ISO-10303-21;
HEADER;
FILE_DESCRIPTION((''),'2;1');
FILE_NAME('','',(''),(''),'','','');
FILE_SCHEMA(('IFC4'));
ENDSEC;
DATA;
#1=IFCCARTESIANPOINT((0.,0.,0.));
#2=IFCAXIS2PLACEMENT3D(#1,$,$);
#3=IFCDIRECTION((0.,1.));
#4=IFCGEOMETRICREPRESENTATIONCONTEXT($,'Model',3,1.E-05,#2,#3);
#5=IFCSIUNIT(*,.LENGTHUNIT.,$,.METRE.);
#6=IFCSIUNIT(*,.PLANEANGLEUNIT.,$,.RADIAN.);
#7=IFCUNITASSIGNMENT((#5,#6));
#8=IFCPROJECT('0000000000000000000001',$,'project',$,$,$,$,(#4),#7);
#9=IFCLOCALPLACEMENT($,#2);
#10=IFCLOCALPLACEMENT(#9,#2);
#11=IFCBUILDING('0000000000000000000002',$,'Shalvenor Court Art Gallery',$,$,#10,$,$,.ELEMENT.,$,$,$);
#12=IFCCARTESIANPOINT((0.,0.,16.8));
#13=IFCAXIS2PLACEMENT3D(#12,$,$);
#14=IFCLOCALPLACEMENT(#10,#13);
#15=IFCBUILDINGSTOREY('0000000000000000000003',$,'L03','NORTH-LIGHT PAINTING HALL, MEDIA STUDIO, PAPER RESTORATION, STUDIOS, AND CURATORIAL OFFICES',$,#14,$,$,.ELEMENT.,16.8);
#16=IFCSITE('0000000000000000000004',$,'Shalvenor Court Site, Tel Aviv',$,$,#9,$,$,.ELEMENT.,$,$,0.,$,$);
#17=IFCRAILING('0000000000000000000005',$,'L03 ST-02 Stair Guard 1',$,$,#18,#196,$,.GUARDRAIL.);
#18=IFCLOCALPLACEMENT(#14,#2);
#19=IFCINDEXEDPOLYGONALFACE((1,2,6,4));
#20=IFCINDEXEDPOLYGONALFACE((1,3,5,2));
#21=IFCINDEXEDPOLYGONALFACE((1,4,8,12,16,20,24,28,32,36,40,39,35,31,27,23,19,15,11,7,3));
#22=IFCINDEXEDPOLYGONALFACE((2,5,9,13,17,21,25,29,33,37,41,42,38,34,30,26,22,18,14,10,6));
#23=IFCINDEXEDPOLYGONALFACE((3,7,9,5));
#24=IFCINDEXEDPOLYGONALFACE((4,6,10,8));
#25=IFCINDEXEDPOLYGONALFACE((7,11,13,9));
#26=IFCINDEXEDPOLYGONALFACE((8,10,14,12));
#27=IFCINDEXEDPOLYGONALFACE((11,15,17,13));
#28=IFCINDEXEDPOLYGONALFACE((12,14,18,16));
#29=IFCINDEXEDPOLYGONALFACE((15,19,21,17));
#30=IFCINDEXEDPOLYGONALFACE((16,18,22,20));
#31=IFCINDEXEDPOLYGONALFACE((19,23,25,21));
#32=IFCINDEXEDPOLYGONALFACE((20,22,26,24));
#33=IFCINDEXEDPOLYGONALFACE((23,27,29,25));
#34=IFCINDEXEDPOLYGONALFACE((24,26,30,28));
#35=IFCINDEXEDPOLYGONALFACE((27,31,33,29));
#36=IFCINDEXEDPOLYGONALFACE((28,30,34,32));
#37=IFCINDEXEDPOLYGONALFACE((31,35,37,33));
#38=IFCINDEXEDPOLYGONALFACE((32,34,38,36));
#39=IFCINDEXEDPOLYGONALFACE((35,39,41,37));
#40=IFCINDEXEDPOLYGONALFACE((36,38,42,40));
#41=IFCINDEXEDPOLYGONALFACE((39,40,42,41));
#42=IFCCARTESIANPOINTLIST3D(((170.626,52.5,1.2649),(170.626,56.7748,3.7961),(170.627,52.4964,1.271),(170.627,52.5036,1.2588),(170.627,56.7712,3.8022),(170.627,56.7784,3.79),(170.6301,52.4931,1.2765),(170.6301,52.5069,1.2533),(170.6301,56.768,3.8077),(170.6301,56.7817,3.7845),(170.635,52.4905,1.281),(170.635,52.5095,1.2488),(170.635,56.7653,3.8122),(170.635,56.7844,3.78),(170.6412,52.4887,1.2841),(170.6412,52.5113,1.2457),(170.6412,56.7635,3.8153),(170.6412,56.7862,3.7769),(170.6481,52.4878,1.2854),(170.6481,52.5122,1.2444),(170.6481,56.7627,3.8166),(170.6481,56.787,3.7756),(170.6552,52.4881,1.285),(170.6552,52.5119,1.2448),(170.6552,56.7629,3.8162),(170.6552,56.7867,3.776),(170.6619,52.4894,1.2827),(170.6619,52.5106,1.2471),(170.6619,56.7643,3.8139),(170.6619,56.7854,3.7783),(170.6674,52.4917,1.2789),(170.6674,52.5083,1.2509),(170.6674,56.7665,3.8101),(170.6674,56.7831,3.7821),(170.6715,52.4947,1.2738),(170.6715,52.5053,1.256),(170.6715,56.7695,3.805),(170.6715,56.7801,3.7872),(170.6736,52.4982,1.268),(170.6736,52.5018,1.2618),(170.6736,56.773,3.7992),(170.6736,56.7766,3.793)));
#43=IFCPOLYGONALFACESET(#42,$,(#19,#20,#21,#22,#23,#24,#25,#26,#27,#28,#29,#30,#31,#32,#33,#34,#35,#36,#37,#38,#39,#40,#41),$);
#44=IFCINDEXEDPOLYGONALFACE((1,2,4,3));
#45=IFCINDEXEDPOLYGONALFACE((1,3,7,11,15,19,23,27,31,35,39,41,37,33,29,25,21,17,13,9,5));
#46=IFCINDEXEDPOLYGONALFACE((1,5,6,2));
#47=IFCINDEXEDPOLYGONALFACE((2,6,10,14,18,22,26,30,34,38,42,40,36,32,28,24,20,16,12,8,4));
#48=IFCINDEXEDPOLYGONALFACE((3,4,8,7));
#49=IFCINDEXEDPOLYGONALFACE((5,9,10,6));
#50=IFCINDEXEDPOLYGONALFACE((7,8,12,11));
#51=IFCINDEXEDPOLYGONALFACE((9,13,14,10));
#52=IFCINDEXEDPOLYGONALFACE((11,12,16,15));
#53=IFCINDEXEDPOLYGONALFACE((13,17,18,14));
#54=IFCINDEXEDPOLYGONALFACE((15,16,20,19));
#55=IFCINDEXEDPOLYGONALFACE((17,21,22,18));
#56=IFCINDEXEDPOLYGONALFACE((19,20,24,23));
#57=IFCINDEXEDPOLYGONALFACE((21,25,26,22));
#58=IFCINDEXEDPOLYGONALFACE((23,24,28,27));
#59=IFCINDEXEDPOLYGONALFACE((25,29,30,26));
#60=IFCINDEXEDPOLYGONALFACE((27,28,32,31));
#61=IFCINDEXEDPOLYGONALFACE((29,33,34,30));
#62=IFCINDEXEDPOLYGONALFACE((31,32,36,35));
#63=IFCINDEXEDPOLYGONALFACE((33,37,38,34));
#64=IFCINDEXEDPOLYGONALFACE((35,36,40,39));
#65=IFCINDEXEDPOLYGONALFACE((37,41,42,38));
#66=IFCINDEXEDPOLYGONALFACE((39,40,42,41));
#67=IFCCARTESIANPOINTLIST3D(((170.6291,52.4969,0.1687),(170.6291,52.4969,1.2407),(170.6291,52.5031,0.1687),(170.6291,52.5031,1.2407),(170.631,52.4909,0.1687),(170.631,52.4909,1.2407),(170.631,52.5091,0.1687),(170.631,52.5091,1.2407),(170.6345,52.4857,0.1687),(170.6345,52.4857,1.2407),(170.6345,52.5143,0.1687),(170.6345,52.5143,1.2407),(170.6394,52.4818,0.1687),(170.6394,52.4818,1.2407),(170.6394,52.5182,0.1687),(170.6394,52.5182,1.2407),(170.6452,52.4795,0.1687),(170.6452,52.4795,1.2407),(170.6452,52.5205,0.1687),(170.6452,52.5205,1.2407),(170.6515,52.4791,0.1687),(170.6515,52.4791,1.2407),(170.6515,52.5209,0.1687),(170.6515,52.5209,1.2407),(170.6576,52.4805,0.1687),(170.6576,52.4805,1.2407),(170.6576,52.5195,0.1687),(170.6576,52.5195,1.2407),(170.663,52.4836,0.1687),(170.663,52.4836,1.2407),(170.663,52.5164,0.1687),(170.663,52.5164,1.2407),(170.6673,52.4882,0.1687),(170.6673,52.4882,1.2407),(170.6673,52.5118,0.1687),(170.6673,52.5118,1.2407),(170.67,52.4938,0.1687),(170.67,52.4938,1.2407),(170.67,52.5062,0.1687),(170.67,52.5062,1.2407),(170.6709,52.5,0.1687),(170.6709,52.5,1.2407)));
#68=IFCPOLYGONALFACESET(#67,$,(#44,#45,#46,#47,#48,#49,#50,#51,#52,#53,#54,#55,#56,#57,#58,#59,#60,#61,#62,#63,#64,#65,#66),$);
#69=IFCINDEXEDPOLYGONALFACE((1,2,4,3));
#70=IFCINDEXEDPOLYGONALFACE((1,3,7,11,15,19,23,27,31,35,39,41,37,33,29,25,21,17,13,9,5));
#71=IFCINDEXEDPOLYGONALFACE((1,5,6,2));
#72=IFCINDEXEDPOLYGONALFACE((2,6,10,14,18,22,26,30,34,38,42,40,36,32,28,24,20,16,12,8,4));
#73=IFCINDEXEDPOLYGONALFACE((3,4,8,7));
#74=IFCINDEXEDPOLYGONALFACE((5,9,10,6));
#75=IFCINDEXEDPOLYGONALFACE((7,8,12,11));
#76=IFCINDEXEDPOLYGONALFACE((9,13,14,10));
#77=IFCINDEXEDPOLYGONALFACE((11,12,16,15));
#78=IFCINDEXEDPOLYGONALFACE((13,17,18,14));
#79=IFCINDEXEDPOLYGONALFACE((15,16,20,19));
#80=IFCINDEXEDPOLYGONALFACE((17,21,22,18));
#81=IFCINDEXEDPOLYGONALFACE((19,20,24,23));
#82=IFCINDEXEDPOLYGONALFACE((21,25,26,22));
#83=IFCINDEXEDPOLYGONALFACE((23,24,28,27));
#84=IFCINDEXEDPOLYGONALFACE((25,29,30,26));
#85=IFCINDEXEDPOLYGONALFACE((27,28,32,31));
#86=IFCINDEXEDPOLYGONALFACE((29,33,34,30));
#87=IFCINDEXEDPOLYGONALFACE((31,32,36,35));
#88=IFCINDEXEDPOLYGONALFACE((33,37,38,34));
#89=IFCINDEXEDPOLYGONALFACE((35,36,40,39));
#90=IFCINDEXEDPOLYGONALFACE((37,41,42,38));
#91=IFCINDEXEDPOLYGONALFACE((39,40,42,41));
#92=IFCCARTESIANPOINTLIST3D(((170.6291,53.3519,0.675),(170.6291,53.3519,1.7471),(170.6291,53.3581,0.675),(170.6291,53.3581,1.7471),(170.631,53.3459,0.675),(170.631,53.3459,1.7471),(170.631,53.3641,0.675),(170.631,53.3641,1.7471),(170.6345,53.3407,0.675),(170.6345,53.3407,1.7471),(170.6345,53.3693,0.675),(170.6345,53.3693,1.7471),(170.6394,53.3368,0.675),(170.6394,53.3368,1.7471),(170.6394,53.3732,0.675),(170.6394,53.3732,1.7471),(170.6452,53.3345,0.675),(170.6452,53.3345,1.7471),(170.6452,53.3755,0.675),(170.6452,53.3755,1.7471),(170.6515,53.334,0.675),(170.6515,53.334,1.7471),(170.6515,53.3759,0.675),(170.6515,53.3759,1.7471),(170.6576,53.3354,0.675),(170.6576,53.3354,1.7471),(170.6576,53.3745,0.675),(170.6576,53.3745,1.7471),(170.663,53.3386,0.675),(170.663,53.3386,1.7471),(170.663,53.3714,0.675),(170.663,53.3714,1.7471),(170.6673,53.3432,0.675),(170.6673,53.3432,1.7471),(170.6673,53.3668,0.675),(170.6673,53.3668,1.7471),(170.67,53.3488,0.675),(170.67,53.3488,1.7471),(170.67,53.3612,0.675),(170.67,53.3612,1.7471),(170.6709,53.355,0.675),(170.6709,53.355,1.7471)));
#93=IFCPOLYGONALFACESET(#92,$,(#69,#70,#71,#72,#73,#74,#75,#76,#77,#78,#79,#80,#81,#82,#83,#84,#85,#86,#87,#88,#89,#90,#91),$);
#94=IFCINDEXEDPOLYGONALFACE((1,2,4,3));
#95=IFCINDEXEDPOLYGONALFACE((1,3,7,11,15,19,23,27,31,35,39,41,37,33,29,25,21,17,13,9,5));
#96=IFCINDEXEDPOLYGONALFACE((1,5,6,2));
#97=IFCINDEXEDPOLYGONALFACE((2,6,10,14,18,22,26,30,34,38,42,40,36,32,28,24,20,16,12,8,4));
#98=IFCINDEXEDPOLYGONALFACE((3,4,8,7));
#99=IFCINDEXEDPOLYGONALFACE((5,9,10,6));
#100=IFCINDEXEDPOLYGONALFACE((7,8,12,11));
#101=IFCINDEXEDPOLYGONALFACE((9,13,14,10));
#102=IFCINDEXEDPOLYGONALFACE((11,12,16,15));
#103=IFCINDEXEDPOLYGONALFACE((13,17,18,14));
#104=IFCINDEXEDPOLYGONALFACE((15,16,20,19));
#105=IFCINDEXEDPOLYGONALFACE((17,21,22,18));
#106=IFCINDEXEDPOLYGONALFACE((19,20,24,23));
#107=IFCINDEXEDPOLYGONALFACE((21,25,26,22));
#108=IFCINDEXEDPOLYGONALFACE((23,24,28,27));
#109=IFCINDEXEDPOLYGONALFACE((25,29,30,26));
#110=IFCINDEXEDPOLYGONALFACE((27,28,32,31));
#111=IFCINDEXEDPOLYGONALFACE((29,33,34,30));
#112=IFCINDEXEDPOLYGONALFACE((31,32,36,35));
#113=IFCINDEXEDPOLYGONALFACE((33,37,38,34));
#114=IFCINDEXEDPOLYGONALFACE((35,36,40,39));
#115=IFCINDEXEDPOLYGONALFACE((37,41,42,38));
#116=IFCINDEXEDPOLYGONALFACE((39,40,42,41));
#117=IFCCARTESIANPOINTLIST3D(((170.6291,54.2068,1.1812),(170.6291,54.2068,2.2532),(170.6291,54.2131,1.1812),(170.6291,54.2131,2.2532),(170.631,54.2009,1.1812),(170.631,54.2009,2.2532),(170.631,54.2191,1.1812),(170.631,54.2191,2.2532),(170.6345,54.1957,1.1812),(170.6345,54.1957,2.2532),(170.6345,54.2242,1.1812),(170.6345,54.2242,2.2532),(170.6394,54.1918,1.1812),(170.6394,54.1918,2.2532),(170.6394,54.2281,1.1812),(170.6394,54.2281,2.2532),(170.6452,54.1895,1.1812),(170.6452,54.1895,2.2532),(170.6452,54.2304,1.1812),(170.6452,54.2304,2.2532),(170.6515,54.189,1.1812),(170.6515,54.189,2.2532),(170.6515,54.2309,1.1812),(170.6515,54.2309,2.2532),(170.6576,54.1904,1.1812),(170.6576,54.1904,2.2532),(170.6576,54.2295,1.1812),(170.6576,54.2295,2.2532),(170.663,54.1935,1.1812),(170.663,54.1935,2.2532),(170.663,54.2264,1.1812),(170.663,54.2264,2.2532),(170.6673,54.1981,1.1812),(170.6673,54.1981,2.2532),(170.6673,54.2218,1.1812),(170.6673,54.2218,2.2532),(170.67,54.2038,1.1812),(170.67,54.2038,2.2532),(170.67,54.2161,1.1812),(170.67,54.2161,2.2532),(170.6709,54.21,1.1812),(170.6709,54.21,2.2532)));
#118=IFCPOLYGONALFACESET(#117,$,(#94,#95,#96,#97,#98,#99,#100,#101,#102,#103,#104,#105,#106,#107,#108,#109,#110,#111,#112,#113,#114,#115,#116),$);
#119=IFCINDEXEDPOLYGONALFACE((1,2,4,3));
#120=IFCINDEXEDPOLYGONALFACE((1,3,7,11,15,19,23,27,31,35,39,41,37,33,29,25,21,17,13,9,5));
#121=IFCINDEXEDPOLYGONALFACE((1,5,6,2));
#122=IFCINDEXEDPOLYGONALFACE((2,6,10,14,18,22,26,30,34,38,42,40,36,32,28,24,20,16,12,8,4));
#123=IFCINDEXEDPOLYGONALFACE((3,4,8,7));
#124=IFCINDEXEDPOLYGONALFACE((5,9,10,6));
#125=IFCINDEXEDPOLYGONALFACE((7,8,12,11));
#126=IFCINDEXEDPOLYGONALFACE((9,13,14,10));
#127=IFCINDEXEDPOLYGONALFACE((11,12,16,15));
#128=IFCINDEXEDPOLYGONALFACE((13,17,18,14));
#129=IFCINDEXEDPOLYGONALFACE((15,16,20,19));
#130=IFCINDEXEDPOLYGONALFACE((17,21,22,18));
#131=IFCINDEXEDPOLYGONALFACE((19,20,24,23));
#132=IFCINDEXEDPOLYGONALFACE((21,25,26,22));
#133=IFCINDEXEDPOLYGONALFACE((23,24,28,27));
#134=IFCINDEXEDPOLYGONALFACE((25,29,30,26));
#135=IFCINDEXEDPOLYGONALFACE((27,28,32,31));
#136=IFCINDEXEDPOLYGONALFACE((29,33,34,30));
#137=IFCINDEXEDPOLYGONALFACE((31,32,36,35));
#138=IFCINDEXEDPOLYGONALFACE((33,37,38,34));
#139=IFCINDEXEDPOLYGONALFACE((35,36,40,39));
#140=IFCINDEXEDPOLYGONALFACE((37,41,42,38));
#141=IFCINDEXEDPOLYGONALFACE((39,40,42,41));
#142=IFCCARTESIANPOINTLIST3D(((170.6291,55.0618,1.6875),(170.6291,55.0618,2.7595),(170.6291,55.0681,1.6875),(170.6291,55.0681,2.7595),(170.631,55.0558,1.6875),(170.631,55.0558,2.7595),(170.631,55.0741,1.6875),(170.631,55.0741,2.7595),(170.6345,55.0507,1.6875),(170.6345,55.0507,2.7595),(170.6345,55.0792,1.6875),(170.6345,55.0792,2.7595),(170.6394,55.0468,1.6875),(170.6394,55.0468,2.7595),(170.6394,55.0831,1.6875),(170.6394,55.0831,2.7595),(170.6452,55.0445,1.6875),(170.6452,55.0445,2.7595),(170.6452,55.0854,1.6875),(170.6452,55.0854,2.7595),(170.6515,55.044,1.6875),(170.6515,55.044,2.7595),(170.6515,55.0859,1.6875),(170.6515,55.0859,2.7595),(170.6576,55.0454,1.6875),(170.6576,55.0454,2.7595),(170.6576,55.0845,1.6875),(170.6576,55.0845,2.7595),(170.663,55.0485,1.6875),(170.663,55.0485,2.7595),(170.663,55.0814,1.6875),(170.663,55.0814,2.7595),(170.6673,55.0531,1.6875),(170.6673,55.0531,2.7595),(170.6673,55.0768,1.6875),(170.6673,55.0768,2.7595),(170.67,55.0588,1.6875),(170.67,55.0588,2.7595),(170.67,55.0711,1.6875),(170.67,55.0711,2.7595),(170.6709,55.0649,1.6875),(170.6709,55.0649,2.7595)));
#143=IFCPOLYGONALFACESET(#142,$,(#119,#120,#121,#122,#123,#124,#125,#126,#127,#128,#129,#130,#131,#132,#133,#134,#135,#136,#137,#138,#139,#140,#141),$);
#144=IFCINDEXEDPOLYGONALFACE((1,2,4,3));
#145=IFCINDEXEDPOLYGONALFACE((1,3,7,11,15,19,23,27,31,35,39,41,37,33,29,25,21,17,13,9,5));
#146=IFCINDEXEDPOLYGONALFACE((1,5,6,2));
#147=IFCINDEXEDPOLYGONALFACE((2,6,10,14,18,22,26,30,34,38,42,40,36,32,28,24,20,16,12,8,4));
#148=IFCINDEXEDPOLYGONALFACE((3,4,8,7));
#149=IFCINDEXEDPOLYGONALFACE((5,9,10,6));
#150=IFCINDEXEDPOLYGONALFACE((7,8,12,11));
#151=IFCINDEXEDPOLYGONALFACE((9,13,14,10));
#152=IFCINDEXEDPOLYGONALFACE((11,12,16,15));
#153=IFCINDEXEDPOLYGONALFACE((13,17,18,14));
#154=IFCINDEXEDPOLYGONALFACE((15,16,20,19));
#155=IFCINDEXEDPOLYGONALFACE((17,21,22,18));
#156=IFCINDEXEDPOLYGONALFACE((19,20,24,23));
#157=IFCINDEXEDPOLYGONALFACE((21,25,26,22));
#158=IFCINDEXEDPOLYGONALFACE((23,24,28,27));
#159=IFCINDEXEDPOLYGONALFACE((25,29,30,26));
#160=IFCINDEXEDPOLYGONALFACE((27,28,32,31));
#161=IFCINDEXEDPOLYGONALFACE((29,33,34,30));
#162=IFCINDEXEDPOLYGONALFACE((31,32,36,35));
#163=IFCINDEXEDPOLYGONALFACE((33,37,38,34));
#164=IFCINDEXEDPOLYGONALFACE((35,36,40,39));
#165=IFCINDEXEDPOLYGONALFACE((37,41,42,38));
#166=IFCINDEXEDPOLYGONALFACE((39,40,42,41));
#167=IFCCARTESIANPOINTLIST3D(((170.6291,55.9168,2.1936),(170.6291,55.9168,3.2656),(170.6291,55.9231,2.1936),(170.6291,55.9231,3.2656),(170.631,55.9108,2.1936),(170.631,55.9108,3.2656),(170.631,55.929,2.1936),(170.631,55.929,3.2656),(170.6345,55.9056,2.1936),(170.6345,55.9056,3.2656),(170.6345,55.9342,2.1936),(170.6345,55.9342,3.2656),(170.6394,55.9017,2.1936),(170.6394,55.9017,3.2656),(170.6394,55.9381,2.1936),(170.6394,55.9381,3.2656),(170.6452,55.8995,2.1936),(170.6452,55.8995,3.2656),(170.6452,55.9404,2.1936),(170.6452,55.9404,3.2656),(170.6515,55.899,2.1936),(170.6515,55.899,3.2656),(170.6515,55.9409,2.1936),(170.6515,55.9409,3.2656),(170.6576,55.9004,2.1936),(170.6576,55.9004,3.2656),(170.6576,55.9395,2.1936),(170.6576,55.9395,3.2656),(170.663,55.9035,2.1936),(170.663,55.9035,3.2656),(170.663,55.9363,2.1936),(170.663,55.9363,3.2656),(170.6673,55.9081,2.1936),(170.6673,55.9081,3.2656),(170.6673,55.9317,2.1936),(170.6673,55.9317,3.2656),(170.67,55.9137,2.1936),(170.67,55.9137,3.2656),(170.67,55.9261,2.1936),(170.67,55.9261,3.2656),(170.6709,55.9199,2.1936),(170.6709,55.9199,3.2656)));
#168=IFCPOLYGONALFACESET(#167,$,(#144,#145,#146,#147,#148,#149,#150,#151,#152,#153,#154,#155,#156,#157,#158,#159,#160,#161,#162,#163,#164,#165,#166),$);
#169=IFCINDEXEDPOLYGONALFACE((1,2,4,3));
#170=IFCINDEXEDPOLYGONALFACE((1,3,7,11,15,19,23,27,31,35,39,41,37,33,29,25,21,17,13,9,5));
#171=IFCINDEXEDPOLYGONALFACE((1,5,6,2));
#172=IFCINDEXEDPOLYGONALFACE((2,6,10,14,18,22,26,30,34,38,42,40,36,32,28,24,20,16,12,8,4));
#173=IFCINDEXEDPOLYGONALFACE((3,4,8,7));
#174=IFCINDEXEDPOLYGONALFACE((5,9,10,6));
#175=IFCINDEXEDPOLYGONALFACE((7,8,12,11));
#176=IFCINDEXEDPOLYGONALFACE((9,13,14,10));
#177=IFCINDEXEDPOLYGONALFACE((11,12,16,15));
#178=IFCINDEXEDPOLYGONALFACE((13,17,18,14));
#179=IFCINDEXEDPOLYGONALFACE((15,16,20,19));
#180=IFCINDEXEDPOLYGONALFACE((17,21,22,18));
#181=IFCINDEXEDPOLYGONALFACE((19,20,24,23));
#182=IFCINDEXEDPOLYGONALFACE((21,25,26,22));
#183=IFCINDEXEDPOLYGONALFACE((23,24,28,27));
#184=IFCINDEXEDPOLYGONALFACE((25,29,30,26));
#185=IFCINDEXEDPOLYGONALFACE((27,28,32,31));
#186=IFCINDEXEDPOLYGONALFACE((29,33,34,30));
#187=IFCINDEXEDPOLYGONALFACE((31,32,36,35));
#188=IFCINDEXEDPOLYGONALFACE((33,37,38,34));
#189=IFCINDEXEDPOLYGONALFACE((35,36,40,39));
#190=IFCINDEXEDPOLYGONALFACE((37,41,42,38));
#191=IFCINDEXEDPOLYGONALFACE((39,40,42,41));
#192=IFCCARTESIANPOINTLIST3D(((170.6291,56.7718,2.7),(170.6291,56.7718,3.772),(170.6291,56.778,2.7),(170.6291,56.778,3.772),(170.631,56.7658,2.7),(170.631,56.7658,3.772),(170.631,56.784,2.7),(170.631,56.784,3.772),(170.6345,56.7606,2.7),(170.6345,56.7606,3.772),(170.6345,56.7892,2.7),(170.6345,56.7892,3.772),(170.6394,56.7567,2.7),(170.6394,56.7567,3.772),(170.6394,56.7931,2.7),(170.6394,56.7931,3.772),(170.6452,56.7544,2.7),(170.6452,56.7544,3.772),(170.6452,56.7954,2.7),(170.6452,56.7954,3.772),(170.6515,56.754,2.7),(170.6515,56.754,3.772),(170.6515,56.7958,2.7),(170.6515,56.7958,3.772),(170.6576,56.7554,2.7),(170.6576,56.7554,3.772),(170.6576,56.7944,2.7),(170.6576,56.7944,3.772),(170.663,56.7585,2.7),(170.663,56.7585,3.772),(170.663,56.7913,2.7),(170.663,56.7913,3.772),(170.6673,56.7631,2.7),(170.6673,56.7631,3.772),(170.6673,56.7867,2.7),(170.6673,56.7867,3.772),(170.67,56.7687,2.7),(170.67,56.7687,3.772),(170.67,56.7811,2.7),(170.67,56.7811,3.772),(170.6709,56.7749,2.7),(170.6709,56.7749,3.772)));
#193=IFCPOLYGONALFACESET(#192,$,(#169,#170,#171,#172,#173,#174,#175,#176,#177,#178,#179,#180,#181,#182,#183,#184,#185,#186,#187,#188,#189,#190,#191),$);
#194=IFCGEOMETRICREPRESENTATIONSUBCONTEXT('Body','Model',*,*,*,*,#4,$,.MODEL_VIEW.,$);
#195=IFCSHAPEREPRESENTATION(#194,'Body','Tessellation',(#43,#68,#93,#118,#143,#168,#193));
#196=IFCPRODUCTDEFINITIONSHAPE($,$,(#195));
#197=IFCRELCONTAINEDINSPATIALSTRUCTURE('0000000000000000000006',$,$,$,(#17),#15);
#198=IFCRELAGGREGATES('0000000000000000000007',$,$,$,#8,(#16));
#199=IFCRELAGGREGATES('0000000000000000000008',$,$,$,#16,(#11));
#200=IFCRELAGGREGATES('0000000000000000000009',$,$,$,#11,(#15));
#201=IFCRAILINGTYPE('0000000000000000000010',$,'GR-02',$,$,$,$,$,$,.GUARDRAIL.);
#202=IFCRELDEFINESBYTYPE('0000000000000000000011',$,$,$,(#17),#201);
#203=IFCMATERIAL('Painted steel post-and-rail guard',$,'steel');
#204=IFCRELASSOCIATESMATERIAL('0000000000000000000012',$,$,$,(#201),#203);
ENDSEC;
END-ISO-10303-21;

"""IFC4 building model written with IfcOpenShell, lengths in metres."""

from ifc_helpers import new_model, si_unit, direction, frame, origin, origin_2d, place, context, subcontext, project, spatial, circle, extrude, material, type_object, element, save


model = new_model("IFC4")

# Units and contexts
model_context = context("Model", 3, precision=1e-05, world=origin(), true_north=direction((0.0, 1.0)))
body_context = subcontext(model_context, "Body", "Model", "MODEL_VIEW")
ifc_project = project(units=[si_unit("LENGTHUNIT", "METRE"), si_unit("PLANEANGLEUNIT", "RADIAN")], contexts=[model_context])

# Site, building, storey
site_placement = place(None, origin())
site = spatial("IfcSite", under=ifc_project, at=site_placement, Name="Shalvenor Court Site, Tel Aviv", CompositionType="ELEMENT", RefElevation=0.0)
building_placement = place(site_placement, origin())
building = spatial("IfcBuilding", under=site, at=building_placement, Name="Shalvenor Court Art Gallery", CompositionType="ELEMENT")
storey_placement = place(building_placement, frame((0.0, 0.0, 16.8)))
storey = spatial("IfcBuildingStorey", under=building, at=storey_placement, Name="L03", Description="NORTH-LIGHT PAINTING HALL, MEDIA STUDIO, PAPER RESTORATION, STUDIOS, AND CURATORIAL OFFICES", CompositionType="ELEMENT", Elevation=16.8)

# Railing
ifc_material_1 = material(Name="Painted steel post-and-rail guard", Category="steel")
railing_type = type_object("IfcRailingType", Name="GR-02", PredefinedType="GUARDRAIL", material=ifc_material_1)
railing_1_placement = place(storey_placement, frame((170.6499, 52.5, 0.1687)))
element("IfcRailing", 1, at=railing_1_placement, inside=storey, type_object=railing_type, Name="L03 ST-02 Stair Guard 1", PredefinedType="GUARDRAIL", context=body_context, shape_type="SweptSolid", body=[
    extrude(circle(Radius=0.0239, at=origin_2d()), frame((0.0, 0.0, 1.0962), z_axis=(0.0, 0.86047, 0.509501), x_axis=(-1.0, 0.0, 0.0)), (0.0, 0.0, 1.0), 4.968),
    extrude(circle(Radius=0.021, at=origin_2d()), origin(), (0.0, 0.0, 1.0), 1.072),
    extrude(circle(Radius=0.021, at=origin_2d()), frame((0.0, 0.855, 0.5063)), (0.0, 0.0, 1.0), 1.072),
    extrude(circle(Radius=0.021, at=origin_2d()), frame((0.0, 1.71, 1.0125)), (0.0, 0.0, 1.0), 1.072),
    extrude(circle(Radius=0.021, at=origin_2d()), frame((0.0, 2.5649, 1.5188)), (0.0, 0.0, 1.0), 1.072),
    extrude(circle(Radius=0.021, at=origin_2d()), frame((0.0, 3.4199, 2.0249)), (0.0, 0.0, 1.0), 1.072),
    extrude(circle(Radius=0.021, at=origin_2d()), frame((0.0, 4.2749, 2.5312)), (0.0, 0.0, 1.0), 1.072),
])

save(model, "model.ifc")
